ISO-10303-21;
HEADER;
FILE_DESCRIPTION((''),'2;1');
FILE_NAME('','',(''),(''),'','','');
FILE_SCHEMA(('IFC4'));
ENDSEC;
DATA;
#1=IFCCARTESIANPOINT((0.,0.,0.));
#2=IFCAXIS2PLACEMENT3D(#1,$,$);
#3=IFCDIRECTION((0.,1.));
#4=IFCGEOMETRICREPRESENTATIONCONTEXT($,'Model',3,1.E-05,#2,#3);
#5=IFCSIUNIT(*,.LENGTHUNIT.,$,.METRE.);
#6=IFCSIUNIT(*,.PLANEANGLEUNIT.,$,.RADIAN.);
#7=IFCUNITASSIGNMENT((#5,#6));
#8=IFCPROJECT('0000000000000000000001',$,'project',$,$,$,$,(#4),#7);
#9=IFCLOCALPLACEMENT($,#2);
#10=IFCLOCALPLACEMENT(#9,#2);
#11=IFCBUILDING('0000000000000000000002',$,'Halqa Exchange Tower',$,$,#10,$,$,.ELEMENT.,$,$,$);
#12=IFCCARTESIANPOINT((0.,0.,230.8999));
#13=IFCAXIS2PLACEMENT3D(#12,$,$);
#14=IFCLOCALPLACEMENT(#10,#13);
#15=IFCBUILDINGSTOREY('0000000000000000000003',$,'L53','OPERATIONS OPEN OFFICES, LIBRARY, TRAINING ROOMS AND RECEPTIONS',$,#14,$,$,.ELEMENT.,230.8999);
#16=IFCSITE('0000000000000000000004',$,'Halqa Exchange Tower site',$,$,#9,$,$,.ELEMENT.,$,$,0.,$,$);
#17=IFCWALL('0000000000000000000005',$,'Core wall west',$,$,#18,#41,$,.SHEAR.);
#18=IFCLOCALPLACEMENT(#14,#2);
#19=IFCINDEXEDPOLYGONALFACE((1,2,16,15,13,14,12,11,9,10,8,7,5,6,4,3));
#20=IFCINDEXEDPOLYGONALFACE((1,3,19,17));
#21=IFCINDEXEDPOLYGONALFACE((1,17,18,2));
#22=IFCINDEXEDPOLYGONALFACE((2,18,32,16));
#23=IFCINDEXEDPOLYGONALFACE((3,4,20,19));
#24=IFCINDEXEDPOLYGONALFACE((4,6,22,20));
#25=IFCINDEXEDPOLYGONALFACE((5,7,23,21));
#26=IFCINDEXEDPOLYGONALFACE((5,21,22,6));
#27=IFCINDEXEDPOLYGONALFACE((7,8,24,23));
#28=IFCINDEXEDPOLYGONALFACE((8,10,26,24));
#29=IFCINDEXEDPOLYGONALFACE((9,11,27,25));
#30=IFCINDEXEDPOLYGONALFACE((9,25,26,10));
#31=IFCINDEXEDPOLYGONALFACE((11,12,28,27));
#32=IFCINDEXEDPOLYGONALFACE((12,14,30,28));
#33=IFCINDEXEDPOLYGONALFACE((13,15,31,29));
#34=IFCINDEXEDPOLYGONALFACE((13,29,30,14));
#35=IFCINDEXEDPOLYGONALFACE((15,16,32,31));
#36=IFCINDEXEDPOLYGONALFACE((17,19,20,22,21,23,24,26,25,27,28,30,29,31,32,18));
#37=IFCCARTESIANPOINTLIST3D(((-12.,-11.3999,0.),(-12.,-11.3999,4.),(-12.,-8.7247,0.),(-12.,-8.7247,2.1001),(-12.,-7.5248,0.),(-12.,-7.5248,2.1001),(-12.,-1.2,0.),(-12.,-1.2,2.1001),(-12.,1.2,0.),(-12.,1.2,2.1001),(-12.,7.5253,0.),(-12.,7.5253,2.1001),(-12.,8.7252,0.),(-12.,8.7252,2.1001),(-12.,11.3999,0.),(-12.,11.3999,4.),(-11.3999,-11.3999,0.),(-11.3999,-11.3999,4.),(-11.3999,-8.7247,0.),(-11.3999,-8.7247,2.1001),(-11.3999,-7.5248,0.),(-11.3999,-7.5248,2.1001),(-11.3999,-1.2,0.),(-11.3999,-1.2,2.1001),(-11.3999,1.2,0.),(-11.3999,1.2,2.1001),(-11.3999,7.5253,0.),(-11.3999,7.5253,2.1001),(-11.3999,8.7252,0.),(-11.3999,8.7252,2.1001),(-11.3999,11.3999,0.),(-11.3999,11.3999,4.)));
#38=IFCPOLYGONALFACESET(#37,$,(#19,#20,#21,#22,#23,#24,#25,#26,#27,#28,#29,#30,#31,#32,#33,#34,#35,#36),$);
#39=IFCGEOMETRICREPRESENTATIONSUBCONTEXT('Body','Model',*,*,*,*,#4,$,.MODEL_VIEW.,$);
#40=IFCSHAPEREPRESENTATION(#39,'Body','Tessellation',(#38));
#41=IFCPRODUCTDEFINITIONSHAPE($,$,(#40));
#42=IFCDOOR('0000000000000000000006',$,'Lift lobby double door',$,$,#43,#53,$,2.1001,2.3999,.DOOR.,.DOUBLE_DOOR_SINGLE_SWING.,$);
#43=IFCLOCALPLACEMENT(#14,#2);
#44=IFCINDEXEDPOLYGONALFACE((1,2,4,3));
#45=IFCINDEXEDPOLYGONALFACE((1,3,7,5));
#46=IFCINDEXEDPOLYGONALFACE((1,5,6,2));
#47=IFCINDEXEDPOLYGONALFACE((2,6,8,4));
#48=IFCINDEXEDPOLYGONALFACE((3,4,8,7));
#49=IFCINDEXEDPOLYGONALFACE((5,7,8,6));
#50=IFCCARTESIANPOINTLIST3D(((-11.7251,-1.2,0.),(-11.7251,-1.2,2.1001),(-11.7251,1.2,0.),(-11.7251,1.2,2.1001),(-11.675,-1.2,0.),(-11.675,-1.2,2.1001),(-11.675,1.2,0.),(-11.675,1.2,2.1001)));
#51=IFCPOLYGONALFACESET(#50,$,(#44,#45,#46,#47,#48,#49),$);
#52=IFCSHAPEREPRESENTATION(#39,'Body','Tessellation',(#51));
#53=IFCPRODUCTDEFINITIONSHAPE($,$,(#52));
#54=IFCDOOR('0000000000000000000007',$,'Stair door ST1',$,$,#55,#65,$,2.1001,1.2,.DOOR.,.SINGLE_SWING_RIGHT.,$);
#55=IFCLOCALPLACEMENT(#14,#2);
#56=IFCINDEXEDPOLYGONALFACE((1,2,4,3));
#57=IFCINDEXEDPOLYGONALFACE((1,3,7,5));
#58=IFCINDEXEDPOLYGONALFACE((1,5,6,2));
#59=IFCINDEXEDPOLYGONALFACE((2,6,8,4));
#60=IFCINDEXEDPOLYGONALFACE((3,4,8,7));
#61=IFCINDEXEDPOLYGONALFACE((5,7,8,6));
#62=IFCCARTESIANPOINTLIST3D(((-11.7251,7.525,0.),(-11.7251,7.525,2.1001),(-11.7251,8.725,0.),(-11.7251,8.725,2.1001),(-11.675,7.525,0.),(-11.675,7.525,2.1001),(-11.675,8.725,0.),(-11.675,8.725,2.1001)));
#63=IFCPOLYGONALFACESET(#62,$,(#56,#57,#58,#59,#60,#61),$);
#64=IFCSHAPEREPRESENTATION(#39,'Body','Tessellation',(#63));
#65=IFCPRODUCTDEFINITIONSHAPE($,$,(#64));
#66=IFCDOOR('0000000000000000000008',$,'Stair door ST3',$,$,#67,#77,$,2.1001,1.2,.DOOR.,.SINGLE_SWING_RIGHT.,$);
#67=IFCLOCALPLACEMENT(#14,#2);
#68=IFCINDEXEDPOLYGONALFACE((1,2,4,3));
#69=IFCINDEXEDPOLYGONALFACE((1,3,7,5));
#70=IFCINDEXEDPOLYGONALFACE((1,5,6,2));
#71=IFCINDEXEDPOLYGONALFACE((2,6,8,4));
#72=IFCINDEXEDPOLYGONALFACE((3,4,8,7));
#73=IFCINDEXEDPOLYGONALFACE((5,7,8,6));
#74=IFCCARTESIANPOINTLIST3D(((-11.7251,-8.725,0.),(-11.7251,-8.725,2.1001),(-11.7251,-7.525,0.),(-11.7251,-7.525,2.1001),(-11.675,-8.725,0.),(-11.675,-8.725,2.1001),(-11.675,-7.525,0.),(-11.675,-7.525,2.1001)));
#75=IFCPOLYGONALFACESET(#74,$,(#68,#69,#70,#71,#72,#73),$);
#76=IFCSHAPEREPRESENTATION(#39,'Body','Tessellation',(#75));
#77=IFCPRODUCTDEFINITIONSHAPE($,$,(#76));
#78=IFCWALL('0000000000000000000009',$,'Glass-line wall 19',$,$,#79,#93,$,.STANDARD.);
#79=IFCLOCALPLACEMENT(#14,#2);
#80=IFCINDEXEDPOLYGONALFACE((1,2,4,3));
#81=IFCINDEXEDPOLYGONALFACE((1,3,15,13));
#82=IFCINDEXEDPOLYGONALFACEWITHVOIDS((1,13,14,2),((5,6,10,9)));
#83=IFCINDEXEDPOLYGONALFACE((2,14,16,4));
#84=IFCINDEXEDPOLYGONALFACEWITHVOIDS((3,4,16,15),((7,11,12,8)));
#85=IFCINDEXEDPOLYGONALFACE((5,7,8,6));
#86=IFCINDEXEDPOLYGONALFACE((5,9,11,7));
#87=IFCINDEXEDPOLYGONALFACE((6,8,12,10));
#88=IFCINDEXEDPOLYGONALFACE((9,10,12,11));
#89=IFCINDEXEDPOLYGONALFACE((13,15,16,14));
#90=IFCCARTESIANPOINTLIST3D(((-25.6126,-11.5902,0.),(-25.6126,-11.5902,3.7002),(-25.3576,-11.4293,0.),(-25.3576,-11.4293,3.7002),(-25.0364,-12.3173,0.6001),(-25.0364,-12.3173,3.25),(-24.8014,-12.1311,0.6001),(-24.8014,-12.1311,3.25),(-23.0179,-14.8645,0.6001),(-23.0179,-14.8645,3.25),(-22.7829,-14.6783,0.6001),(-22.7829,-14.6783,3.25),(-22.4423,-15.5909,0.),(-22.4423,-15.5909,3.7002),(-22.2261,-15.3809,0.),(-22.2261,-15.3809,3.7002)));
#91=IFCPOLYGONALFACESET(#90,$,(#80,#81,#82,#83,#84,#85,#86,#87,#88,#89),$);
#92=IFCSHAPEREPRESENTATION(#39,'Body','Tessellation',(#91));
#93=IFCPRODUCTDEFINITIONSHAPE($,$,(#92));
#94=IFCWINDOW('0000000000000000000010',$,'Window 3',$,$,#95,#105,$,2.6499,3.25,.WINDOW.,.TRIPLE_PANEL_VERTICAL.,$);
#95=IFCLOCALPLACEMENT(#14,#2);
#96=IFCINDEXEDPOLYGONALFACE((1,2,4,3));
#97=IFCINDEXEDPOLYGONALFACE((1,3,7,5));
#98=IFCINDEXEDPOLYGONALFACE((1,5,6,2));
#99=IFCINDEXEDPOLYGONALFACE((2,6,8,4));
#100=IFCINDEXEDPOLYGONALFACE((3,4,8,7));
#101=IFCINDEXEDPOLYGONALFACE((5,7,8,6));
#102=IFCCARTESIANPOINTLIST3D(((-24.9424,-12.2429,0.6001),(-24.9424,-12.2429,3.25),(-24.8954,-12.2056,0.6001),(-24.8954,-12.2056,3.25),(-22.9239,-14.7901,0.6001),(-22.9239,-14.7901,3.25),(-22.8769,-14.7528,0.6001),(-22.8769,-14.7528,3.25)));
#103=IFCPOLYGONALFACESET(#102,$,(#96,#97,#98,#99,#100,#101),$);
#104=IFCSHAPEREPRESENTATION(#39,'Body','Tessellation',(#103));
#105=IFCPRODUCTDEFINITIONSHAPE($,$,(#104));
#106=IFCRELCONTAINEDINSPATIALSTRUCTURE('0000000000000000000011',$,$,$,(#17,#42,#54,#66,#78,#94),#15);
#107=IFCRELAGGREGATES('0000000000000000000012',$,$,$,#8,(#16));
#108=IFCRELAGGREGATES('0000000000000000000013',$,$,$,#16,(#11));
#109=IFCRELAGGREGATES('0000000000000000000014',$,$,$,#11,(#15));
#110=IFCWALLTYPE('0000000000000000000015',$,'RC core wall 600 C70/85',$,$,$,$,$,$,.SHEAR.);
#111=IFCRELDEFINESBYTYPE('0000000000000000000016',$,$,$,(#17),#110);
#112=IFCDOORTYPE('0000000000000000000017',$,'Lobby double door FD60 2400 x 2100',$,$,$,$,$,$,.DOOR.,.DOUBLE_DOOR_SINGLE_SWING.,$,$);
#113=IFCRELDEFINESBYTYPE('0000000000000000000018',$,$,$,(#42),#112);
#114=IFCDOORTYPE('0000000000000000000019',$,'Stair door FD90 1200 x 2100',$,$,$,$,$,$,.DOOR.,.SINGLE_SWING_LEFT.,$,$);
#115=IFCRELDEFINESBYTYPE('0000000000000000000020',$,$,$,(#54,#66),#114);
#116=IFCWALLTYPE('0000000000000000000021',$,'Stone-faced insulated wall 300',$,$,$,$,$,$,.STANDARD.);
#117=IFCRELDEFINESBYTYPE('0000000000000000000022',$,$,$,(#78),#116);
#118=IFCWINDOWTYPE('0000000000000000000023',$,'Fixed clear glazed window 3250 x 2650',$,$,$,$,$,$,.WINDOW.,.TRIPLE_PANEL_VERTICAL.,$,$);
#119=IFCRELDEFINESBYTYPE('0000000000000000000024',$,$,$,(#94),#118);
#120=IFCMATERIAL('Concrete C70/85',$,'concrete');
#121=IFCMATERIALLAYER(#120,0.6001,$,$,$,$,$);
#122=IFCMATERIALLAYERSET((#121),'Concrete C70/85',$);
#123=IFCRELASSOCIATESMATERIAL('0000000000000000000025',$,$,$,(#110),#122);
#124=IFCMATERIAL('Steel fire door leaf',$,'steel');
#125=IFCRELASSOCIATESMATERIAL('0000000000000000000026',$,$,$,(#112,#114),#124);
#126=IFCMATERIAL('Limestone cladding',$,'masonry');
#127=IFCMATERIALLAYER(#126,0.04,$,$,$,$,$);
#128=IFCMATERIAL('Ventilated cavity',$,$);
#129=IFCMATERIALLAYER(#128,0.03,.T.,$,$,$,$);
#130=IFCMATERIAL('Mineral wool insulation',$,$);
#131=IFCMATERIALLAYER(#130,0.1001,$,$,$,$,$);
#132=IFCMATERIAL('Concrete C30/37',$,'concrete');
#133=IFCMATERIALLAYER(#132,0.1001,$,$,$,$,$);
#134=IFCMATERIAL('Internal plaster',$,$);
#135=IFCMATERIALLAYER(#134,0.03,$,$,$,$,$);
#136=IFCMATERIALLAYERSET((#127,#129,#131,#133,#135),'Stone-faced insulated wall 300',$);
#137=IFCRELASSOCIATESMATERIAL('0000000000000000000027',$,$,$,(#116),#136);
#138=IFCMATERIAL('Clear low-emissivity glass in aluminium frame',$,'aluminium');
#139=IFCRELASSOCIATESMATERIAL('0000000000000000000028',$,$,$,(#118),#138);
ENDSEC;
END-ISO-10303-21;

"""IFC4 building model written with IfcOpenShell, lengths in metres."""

from ifc_helpers import new_model, si_unit, direction, frame, frame_2d, origin, place, context, subcontext, project, spatial, polyline, rectangle, outline, extrude, material, layer, layer_set, type_object, element, fill, save


model = new_model("IFC4")

# Units and contexts
model_context = context("Model", 3, precision=1e-05, world=origin(), true_north=direction((0.0, 1.0)))
body_context = subcontext(model_context, "Body", "Model", "MODEL_VIEW")
ifc_project = project(units=[si_unit("LENGTHUNIT", "METRE"), si_unit("PLANEANGLEUNIT", "RADIAN")], contexts=[model_context])

# Site, building, storey
site_placement = place(None, origin())
site = spatial("IfcSite", under=ifc_project, at=site_placement, Name="Halqa Exchange Tower site", CompositionType="ELEMENT", RefElevation=0.0)
building_placement = place(site_placement, origin())
building = spatial("IfcBuilding", under=site, at=building_placement, Name="Halqa Exchange Tower", CompositionType="ELEMENT")
storey_placement = place(building_placement, frame((0.0, 0.0, 230.8999)))
storey = spatial("IfcBuildingStorey", under=building, at=storey_placement, Name="L53", Description="OPERATIONS OPEN OFFICES, LIBRARY, TRAINING ROOMS AND RECEPTIONS", CompositionType="ELEMENT", Elevation=230.8999)

# Shared definitions
ifc_material_1 = material(Name="Steel fire door leaf", Category="steel")

# Wall, openings, doors
ifc_material_2 = material(Name="Concrete C70/85", Category="concrete")
ifc_layer_1 = layer(ifc_material_2, 0.6001)
ifc_layer_set_1 = layer_set([ifc_layer_1], Name="Concrete C70/85")
wall_type_1 = type_object("IfcWallType", Name="RC core wall 600 C70/85", PredefinedType="SHEAR", material=ifc_layer_set_1)
wall_1_placement = place(storey_placement, frame((-11.7, -11.3999, 0.0), z_axis=(0.0, 0.0, 1.0), x_axis=(0.0, 1.0, 0.0)))
wall_1 = element("IfcWall", 1, at=wall_1_placement, inside=storey, type_object=wall_type_1, Name="Core wall west", PredefinedType="SHEAR", context=body_context, shape_type="SweptSolid", body=[
    extrude(rectangle(XDim=22.7998, YDim=0.6001, at=frame_2d((11.3999, 0.0))), origin(), (0.0, 0.0, 1.0), 4.0),
])
opening_1_placement = place(wall_1_placement, frame((10.2, 0.0, 0.0)))
opening_1 = element("IfcOpeningElement", 2, at=opening_1_placement, cuts=wall_1, PredefinedType="OPENING", context=body_context, shape_type="SweptSolid", body=[
    extrude(rectangle(XDim=2.3999, YDim=2.1001, at=frame_2d((1.2, 1.05))), frame((0.0, 0.312, 0.0), z_axis=(0.0, -1.0, 0.0), x_axis=(1.0, 0.0, 0.0)), (0.0, 0.0, 1.0), 0.624),
])
opening_2_placement = place(wall_1_placement, frame((18.925, 0.0, 0.0)))
opening_2 = element("IfcOpeningElement", 3, at=opening_2_placement, cuts=wall_1, PredefinedType="OPENING", context=body_context, shape_type="SweptSolid", body=[
    extrude(rectangle(XDim=1.2, YDim=2.1001, at=frame_2d((0.6001, 1.05))), frame((0.0, 0.312, 0.0), z_axis=(0.0, -1.0, 0.0), x_axis=(1.0, 0.0, 0.0)), (0.0, 0.0, 1.0), 0.624),
])
opening_3_placement = place(wall_1_placement, frame((2.675, 0.0, 0.0)))
opening_3 = element("IfcOpeningElement", 4, at=opening_3_placement, cuts=wall_1, PredefinedType="OPENING", context=body_context, shape_type="SweptSolid", body=[
    extrude(rectangle(XDim=1.2, YDim=2.1001, at=frame_2d((0.6001, 1.05))), frame((0.0, 0.312, 0.0), z_axis=(0.0, -1.0, 0.0), x_axis=(1.0, 0.0, 0.0)), (0.0, 0.0, 1.0), 0.624),
])
door_type_1 = type_object("IfcDoorType", Name="Lobby double door FD60 2400 x 2100", OperationType="DOUBLE_DOOR_SINGLE_SWING", PredefinedType="DOOR", material=ifc_material_1)
door_1_placement = place(opening_1_placement, frame((2.3999, 0.0, 0.0), z_axis=(0.0, 0.0, 1.0), x_axis=(-1.0, 0.0, 0.0)))
door_1 = element("IfcDoor", 5, at=door_1_placement, inside=storey, type_object=door_type_1, Name="Lift lobby double door", OperationType="DOUBLE_DOOR_SINGLE_SWING", OverallHeight=2.1001, OverallWidth=2.3999, PredefinedType="DOOR", context=body_context, shape_type="SweptSolid", body=[
    extrude(rectangle(XDim=2.3999, YDim=2.1001, at=frame_2d((1.2, 1.05))), frame((0.0, 0.0249, 0.0), z_axis=(0.0, -1.0, 0.0), x_axis=(1.0, 0.0, 0.0)), (0.0, 0.0, 1.0), 0.05),
])
fill(opening_1, door_1)
door_type_2 = type_object("IfcDoorType", Name="Stair door FD90 1200 x 2100", OperationType="SINGLE_SWING_LEFT", PredefinedType="DOOR", material=ifc_material_1)
door_2_placement = place(opening_2_placement, frame((1.2, 0.0, 0.0), z_axis=(0.0, 0.0, 1.0), x_axis=(-1.0, 0.0, 0.0)))
door_2 = element("IfcDoor", 6, at=door_2_placement, inside=storey, type_object=door_type_2, Name="Stair door ST1", OperationType="SINGLE_SWING_RIGHT", OverallHeight=2.1001, OverallWidth=1.2, PredefinedType="DOOR", context=body_context, shape_type="SweptSolid", body=[
    extrude(rectangle(XDim=1.2, YDim=2.1001, at=frame_2d((0.6001, 1.05))), frame((0.0, 0.0249, 0.0), z_axis=(0.0, -1.0, 0.0), x_axis=(1.0, 0.0, 0.0)), (0.0, 0.0, 1.0), 0.05),
])
fill(opening_2, door_2)
door_3_placement = place(opening_3_placement, frame((1.2, 0.0, 0.0), z_axis=(0.0, 0.0, 1.0), x_axis=(-1.0, 0.0, 0.0)))
door_3 = element("IfcDoor", 7, at=door_3_placement, inside=storey, type_object=door_type_2, Name="Stair door ST3", OperationType="SINGLE_SWING_RIGHT", OverallHeight=2.1001, OverallWidth=1.2, PredefinedType="DOOR", context=body_context, shape_type="SweptSolid", body=[
    extrude(rectangle(XDim=1.2, YDim=2.1001, at=frame_2d((0.6001, 1.05))), frame((0.0, 0.0249, 0.0), z_axis=(0.0, -1.0, 0.0), x_axis=(1.0, 0.0, 0.0)), (0.0, 0.0, 1.0), 0.05),
])
fill(opening_3, door_3)

# Wall, opening, window
ifc_material_3 = material(Name="Limestone cladding", Category="masonry")
ifc_layer_2 = layer(ifc_material_3, 0.04)
ifc_material_4 = material(Name="Ventilated cavity")
ifc_layer_3 = layer(ifc_material_4, 0.03, ventilated=True)
ifc_material_5 = material(Name="Mineral wool insulation")
ifc_layer_4 = layer(ifc_material_5, 0.1001)
ifc_material_6 = material(Name="Concrete C30/37", Category="concrete")
ifc_layer_5 = layer(ifc_material_6, 0.1001)
ifc_material_7 = material(Name="Internal plaster")
ifc_layer_6 = layer(ifc_material_7, 0.03)
ifc_layer_set_2 = layer_set([ifc_layer_2, ifc_layer_3, ifc_layer_4, ifc_layer_5, ifc_layer_6], Name="Stone-faced insulated wall 300")
wall_type_2 = type_object("IfcWallType", Name="Stone-faced insulated wall 300", PredefinedType="STANDARD", material=ifc_layer_set_2)
wall_2_placement = place(storey_placement, frame((-25.4851, -11.5098, 0.0), z_axis=(0.0, 0.0, 1.0), x_axis=(0.621085, -0.783743, 0.0)))
wall_2 = element("IfcWall", 8, at=wall_2_placement, inside=storey, type_object=wall_type_2, Name="Glass-line wall 19", PredefinedType="STANDARD", context=body_context, shape_type="SweptSolid", body=[
    extrude(outline(polyline([(-0.0161, -0.1499), (5.0884, -0.1499), (5.0581, 0.1499), (0.0161, 0.1499), (-0.0161, -0.1499)])), origin(), (0.0, 0.0, 1.0), 3.7002),
])
opening_4_placement = place(wall_2_placement, frame((0.9116, 0.0, 0.6001)))
opening_4 = element("IfcOpeningElement", 9, at=opening_4_placement, cuts=wall_2, PredefinedType="OPENING", context=body_context, shape_type="SweptSolid", body=[
    extrude(rectangle(XDim=3.25, YDim=2.6499, at=frame_2d((1.625, 1.325))), frame((0.0, 0.1621, 0.0), z_axis=(0.0, -1.0, 0.0), x_axis=(1.0, 0.0, 0.0)), (0.0, 0.0, 1.0), 0.324),
])
ifc_material_8 = material(Name="Clear low-emissivity glass in aluminium frame", Category="aluminium")
window_type = type_object("IfcWindowType", Name="Fixed clear glazed window 3250 x 2650", PartitioningType="TRIPLE_PANEL_VERTICAL", PredefinedType="WINDOW", material=ifc_material_8)
window_placement = place(opening_4_placement, origin())
window = element("IfcWindow", 10, at=window_placement, inside=storey, type_object=window_type, Name="Window 3", OverallHeight=2.6499, OverallWidth=3.25, PartitioningType="TRIPLE_PANEL_VERTICAL", PredefinedType="WINDOW", context=body_context, shape_type="SweptSolid", body=[
    extrude(rectangle(XDim=3.25, YDim=2.6499, at=frame_2d((1.625, 1.325))), frame((0.0, 0.03, 0.0), z_axis=(0.0, -1.0, 0.0), x_axis=(1.0, 0.0, 0.0)), (0.0, 0.0, 1.0), 0.0601),
])
fill(opening_4, window)

save(model, "model.ifc")
